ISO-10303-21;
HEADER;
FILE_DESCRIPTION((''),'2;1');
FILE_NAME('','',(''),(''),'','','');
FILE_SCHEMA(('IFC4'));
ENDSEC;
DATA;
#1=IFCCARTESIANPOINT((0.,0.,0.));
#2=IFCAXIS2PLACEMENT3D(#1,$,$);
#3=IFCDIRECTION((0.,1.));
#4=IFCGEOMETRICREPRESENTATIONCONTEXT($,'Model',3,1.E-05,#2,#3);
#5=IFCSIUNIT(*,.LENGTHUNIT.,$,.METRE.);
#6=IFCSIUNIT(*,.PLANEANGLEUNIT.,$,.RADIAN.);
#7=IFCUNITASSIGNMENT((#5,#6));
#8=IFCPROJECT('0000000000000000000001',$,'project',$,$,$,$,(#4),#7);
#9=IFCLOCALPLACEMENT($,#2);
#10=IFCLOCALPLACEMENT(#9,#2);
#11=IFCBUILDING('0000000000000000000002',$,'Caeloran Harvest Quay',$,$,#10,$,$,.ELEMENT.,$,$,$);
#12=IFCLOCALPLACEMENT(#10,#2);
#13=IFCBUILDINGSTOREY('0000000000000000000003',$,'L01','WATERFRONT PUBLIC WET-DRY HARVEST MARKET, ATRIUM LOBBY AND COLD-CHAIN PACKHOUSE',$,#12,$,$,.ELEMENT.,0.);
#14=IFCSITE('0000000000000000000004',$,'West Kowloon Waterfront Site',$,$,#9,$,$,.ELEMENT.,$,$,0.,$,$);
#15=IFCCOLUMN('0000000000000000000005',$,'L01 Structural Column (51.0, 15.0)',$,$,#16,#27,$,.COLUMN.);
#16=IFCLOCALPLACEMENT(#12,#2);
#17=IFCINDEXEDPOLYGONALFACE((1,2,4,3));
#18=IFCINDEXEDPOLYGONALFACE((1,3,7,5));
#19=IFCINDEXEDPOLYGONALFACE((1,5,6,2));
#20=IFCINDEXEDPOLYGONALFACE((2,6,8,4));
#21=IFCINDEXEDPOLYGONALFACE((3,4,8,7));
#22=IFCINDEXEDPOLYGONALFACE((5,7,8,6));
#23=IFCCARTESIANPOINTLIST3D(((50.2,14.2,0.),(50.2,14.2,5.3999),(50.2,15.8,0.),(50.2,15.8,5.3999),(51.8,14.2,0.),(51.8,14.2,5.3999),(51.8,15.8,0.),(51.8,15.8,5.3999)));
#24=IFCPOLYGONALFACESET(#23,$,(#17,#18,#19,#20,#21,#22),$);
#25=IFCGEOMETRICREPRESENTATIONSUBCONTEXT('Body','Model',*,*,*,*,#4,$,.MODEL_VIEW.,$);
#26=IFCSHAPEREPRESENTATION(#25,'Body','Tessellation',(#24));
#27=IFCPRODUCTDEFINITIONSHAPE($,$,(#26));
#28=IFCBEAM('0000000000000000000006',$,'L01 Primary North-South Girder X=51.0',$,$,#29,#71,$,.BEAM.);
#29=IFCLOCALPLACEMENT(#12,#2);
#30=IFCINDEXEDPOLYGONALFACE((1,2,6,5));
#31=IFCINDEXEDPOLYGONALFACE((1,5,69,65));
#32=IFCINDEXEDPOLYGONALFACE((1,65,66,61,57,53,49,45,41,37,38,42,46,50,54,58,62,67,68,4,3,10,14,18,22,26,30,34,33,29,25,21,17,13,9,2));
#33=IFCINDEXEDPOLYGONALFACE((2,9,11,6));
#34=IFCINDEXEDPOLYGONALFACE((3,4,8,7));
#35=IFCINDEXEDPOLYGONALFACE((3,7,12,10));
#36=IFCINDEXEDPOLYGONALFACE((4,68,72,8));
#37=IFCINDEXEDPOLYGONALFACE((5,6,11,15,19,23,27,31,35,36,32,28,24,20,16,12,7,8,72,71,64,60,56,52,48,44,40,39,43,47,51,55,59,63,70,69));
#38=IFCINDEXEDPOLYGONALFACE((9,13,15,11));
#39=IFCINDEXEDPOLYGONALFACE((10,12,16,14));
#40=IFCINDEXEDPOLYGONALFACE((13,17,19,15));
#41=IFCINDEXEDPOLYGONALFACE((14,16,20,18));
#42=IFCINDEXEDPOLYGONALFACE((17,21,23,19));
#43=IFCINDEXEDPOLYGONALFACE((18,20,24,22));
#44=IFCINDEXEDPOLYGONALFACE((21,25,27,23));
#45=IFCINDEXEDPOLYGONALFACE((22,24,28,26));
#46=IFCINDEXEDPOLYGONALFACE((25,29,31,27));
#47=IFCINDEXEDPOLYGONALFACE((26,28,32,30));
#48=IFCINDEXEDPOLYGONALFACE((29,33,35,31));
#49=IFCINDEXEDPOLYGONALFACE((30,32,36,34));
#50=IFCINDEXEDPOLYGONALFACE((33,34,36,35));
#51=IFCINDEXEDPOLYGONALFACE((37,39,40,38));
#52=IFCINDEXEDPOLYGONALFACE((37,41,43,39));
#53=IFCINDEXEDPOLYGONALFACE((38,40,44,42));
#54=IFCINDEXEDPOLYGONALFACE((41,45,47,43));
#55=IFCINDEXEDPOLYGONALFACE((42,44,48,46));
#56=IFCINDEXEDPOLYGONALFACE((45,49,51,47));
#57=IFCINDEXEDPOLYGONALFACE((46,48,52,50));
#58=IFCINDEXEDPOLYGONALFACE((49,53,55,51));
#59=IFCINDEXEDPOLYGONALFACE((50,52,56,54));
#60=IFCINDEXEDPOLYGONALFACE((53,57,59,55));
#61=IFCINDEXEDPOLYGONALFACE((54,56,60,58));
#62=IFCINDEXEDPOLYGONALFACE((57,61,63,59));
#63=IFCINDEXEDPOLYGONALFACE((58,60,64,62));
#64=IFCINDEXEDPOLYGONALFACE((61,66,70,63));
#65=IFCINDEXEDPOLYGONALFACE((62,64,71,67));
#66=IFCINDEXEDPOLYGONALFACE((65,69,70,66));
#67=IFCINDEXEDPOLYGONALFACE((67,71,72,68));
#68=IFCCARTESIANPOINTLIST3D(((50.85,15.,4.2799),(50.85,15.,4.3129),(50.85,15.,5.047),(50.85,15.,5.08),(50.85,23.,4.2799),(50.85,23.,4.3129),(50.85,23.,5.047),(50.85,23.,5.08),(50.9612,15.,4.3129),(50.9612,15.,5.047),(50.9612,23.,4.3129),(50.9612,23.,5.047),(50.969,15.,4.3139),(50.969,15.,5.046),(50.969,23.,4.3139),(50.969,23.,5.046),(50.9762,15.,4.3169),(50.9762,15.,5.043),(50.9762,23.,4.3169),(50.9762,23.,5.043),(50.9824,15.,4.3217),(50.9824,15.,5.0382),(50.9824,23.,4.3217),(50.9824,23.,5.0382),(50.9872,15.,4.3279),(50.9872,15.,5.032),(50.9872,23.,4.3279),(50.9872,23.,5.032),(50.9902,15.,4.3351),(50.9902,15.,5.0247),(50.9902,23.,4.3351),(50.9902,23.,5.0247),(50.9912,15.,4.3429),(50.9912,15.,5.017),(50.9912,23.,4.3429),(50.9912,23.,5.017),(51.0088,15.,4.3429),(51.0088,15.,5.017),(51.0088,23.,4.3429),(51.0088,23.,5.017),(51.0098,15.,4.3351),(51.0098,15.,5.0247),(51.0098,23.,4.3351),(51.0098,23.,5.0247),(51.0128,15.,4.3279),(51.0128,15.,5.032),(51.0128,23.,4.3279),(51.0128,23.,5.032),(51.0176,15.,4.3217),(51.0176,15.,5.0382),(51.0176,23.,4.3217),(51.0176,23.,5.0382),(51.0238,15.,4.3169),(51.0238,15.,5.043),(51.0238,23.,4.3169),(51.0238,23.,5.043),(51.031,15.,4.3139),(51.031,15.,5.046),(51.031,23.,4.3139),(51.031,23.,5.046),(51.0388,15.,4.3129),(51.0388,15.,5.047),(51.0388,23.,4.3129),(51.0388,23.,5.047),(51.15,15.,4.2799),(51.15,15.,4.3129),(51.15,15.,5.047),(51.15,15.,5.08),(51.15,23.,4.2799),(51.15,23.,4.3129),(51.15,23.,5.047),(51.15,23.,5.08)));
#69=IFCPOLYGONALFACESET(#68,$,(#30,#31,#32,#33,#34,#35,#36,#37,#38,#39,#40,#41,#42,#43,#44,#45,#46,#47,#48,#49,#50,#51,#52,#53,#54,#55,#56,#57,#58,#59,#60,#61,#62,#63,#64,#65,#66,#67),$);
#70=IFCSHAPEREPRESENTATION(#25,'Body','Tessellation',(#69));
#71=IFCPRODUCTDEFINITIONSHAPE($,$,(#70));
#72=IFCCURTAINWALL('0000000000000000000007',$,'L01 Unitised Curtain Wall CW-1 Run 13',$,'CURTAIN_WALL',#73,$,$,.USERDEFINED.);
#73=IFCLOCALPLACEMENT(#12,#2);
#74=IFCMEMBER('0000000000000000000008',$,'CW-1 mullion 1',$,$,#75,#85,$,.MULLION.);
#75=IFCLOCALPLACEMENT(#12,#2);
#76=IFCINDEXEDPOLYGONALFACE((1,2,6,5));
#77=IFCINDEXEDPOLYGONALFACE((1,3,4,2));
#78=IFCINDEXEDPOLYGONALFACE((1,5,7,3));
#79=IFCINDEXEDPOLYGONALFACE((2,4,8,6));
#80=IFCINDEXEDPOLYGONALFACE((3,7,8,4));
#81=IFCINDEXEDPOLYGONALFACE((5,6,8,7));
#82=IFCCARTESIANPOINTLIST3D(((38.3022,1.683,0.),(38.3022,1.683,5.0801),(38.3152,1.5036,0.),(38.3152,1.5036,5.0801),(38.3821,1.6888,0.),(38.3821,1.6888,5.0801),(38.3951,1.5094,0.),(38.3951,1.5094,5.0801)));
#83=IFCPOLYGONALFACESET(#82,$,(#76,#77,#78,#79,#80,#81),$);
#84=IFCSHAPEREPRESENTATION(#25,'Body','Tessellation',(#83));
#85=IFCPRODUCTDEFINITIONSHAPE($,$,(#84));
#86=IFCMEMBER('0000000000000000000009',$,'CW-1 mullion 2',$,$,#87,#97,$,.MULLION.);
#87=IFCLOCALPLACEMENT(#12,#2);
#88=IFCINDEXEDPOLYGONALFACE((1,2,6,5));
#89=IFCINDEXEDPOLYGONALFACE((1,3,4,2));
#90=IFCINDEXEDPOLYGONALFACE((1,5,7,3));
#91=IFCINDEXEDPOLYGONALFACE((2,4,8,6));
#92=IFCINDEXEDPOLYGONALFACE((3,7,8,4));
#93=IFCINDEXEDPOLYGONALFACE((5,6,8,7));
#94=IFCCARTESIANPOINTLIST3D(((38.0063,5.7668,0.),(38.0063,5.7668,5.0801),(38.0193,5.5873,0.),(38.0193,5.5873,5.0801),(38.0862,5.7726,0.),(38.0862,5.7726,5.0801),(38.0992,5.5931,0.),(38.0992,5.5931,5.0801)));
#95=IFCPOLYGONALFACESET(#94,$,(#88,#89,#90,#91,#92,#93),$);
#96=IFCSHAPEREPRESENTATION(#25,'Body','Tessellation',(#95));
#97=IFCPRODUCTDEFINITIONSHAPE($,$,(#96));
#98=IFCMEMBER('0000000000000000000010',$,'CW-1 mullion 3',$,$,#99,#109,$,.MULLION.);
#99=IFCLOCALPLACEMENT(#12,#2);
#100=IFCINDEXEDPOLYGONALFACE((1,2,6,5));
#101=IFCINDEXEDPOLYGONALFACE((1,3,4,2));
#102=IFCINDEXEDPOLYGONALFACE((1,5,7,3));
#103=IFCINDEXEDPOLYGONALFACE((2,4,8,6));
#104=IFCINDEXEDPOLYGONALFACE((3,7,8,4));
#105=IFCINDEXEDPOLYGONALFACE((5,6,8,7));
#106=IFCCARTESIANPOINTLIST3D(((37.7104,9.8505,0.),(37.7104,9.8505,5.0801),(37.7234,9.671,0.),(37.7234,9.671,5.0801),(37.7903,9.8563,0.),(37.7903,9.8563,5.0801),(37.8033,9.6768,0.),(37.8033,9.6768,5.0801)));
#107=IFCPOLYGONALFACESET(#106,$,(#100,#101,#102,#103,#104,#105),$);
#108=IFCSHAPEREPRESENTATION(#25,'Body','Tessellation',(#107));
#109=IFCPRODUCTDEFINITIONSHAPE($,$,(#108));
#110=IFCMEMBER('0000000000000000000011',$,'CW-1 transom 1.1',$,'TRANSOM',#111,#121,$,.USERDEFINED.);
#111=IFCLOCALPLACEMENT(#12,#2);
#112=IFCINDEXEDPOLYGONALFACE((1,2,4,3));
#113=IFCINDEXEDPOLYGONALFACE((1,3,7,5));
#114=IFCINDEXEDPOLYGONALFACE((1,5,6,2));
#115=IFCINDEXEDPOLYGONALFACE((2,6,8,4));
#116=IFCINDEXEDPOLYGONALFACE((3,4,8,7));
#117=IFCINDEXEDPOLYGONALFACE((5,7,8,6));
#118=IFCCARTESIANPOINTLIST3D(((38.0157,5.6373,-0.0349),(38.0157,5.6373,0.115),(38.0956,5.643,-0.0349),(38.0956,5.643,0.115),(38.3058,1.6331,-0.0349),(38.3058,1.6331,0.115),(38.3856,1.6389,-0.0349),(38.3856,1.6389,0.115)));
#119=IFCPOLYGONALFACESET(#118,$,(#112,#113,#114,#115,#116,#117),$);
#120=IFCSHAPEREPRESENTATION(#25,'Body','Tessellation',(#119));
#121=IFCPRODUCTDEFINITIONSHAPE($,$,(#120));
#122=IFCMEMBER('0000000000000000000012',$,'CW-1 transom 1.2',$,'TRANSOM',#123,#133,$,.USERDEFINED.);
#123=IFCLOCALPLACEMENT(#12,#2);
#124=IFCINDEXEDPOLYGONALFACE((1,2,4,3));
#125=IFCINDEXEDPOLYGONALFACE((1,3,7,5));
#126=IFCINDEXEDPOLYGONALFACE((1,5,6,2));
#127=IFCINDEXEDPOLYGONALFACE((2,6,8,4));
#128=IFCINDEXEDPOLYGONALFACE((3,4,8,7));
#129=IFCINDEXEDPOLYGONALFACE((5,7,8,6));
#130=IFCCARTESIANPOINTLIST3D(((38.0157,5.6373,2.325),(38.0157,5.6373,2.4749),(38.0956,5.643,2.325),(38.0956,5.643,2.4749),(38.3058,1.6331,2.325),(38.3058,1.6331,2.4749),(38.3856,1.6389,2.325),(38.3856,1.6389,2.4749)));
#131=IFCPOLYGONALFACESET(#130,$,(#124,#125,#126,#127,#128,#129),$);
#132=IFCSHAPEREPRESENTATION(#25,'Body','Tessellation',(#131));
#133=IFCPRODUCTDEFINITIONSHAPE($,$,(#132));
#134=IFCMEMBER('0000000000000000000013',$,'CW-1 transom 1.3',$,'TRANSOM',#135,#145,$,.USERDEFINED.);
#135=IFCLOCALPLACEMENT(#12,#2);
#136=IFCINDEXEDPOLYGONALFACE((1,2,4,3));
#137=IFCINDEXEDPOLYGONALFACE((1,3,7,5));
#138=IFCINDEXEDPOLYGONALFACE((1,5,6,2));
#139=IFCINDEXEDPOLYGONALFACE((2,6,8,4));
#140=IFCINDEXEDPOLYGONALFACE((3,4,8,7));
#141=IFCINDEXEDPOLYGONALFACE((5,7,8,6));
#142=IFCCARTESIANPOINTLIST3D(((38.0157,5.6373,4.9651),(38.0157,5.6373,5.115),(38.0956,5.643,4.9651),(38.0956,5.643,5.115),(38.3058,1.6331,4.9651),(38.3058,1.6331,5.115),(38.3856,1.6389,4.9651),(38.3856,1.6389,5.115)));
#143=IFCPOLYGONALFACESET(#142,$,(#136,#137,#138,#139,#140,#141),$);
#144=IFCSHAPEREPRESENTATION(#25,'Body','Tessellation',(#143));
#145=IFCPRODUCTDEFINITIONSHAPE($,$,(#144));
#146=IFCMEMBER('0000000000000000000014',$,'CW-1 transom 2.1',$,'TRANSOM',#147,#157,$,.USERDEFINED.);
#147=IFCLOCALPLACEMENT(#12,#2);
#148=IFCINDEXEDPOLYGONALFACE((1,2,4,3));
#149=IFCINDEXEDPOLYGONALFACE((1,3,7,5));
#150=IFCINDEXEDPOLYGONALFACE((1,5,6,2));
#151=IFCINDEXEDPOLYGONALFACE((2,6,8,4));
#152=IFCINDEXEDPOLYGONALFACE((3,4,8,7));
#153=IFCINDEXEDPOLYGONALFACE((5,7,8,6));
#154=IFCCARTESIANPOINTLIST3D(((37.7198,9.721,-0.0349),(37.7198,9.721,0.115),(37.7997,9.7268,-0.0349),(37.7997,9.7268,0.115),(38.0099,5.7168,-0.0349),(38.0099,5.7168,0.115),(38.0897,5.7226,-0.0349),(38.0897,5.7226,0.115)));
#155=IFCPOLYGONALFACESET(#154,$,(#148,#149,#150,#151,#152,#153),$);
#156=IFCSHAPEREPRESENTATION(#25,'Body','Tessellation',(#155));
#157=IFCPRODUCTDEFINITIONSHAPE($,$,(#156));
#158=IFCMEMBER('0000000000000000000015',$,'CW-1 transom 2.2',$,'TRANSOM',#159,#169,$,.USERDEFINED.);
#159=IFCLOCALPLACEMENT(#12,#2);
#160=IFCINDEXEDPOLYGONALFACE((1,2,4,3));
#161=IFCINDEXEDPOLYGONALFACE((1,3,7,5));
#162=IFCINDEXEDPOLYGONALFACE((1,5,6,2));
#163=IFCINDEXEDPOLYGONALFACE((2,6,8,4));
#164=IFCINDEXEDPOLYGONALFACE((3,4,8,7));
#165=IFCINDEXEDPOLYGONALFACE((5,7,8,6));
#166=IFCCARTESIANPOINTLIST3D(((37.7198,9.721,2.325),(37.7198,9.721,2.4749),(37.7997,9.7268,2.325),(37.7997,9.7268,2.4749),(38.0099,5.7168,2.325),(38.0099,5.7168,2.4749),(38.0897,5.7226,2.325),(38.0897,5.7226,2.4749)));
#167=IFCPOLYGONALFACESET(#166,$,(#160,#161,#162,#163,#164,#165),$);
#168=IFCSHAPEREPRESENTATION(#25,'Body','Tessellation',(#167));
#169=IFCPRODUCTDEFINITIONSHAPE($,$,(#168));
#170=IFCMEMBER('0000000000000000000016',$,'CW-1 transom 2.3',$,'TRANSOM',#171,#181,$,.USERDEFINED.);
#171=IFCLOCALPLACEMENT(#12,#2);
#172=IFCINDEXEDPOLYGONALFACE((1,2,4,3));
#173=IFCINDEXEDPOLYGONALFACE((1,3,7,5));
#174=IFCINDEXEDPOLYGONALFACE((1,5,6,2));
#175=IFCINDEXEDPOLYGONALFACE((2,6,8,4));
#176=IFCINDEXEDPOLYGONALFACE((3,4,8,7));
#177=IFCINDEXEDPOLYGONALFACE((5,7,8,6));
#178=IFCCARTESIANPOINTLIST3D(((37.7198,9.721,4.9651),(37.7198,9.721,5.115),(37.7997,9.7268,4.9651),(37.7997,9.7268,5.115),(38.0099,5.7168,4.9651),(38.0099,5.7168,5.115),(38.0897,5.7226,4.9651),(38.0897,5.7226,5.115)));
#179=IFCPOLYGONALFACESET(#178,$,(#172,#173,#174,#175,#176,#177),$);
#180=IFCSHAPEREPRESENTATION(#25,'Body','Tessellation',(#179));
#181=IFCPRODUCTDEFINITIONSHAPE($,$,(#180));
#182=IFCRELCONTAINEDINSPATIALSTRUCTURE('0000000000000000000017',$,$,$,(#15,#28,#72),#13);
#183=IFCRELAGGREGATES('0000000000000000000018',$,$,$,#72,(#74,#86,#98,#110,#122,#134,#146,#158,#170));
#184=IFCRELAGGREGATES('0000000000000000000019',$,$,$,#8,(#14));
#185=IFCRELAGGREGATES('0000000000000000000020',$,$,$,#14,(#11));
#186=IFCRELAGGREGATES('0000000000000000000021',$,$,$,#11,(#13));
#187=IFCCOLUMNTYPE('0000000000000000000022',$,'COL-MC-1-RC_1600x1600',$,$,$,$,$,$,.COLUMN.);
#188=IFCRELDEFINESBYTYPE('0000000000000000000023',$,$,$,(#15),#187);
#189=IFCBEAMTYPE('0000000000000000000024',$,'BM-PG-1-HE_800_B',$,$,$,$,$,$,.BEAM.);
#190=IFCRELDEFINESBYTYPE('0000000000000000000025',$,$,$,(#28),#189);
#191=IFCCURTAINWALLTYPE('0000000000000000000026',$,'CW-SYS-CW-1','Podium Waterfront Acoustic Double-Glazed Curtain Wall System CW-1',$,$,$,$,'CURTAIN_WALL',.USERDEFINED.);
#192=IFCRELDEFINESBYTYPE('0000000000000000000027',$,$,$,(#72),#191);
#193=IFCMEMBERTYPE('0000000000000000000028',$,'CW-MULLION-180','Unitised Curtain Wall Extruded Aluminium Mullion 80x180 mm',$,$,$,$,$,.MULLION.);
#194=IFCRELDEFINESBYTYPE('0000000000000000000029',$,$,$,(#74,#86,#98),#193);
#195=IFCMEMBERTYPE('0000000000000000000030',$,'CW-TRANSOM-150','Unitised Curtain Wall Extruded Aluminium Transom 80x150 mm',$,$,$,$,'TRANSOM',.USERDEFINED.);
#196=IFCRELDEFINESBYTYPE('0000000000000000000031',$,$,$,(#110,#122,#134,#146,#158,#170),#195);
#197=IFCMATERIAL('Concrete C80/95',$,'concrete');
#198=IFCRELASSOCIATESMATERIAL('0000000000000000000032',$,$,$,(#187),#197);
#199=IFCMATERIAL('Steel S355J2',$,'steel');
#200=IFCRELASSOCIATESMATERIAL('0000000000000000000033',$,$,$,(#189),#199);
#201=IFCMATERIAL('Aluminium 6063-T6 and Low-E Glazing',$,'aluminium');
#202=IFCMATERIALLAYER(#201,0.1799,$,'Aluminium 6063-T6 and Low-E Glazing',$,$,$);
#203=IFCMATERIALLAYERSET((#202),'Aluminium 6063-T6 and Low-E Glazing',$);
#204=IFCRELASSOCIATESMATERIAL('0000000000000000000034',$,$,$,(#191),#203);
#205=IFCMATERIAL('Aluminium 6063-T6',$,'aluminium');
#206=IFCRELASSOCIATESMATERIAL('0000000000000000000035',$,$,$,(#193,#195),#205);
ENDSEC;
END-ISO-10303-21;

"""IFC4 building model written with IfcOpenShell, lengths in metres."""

from ifc_helpers import new_model, si_unit, direction, frame, origin, origin_2d, place, context, subcontext, project, spatial, rectangle, i_section, extrude, material, layer, layer_set, material_profile, profile_set, type_object, element, aggregate, save


model = new_model("IFC4")

# Units and contexts
model_context = context("Model", 3, precision=1e-05, world=origin(), true_north=direction((0.0, 1.0)))
body_context = subcontext(model_context, "Body", "Model", "MODEL_VIEW")
ifc_project = project(units=[si_unit("LENGTHUNIT", "METRE"), si_unit("PLANEANGLEUNIT", "RADIAN")], contexts=[model_context])

# Site, building, storey
site_placement = place(None, origin())
site = spatial("IfcSite", under=ifc_project, at=site_placement, Name="West Kowloon Waterfront Site", CompositionType="ELEMENT", RefElevation=0.0)
building_placement = place(site_placement, origin())
building = spatial("IfcBuilding", under=site, at=building_placement, Name="Caeloran Harvest Quay", CompositionType="ELEMENT")
storey_placement = place(building_placement, origin())
storey = spatial("IfcBuildingStorey", under=building, at=storey_placement, Name="L01", Description="WATERFRONT PUBLIC WET-DRY HARVEST MARKET, ATRIUM LOBBY AND COLD-CHAIN PACKHOUSE", CompositionType="ELEMENT", Elevation=0.0)

# Column
ifc_material_1 = material(Name="Concrete C80/95", Category="concrete")
ifc_material_profile_1 = material_profile(ifc_material_1, rectangle(XDim=1.6001, YDim=1.6001, at=origin_2d()), Name="RC 1600x1600")
ifc_profile_set_1 = profile_set([ifc_material_profile_1], Name="Concrete C80/95")
column_type = type_object("IfcColumnType", Name="COL-MC-1-RC_1600x1600", PredefinedType="COLUMN", material=ifc_profile_set_1)
column_placement = place(storey_placement, frame((51.0, 15.0, 0.0), z_axis=(0.0, 0.0, 1.0), x_axis=(1.0, 0.0, 0.0)))
element("IfcColumn", 1, at=column_placement, inside=storey, type_object=column_type, Name="L01 Structural Column (51.0, 15.0)", PredefinedType="COLUMN", context=body_context, shape_type="SweptSolid", body=[
    extrude(rectangle(XDim=1.6001, YDim=1.6001, at=origin_2d()), origin(), (0.0, 0.0, 1.0), 5.3999),
])

# Beam
ifc_material_2 = material(Name="Steel S355J2", Category="steel")
ifc_material_profile_2 = material_profile(ifc_material_2, i_section(OverallWidth=0.3, OverallDepth=0.8, WebThickness=0.0176, FlangeThickness=0.033, FilletRadius=0.03, at=origin_2d()), Name="HE 800 B")
ifc_profile_set_2 = profile_set([ifc_material_profile_2], Name="Steel S355J2")
beam_type = type_object("IfcBeamType", Name="BM-PG-1-HE_800_B", PredefinedType="BEAM", material=ifc_profile_set_2)
beam_placement = place(storey_placement, frame((51.0, 15.0, 4.6799), z_axis=(0.0, 1.0, 0.0), x_axis=(-1.0, 0.0, 0.0)))
element("IfcBeam", 2, at=beam_placement, inside=storey, type_object=beam_type, Name="L01 Primary North-South Girder X=51.0", PredefinedType="BEAM", context=body_context, shape_type="SweptSolid", body=[
    extrude(i_section(OverallWidth=0.3, OverallDepth=0.8, WebThickness=0.0176, FlangeThickness=0.033, FilletRadius=0.03, at=origin_2d()), origin(), (0.0, 0.0, 1.0), 8.0),
])

# Curtain wall, members
ifc_material_3 = material(Name="Aluminium 6063-T6 and Low-E Glazing", Category="aluminium")
ifc_layer_1 = layer(ifc_material_3, 0.1799, Name="Aluminium 6063-T6 and Low-E Glazing")
ifc_layer_set_1 = layer_set([ifc_layer_1], Name="Aluminium 6063-T6 and Low-E Glazing")
curtain_wall_type = type_object("IfcCurtainWallType", Name="CW-SYS-CW-1", Description="Podium Waterfront Acoustic Double-Glazed Curtain Wall System CW-1", ElementType="CURTAIN_WALL", PredefinedType="USERDEFINED", material=ifc_layer_set_1)
curtain_wall_placement = place(storey_placement, origin())
curtain_wall = element("IfcCurtainWall", 3, at=curtain_wall_placement, inside=storey, type_object=curtain_wall_type, Name="L01 Unitised Curtain Wall CW-1 Run 13", ObjectType="CURTAIN_WALL", PredefinedType="USERDEFINED")
ifc_material_4 = material(Name="Aluminium 6063-T6", Category="aluminium")
ifc_material_profile_3 = material_profile(ifc_material_4, rectangle(XDim=0.0801, YDim=0.1799, at=origin_2d()), Name="CW-MULLION-180")
ifc_profile_set_3 = profile_set([ifc_material_profile_3], Name="Aluminium 6063-T6")
member_type_1 = type_object("IfcMemberType", Name="CW-MULLION-180", Description="Unitised Curtain Wall Extruded Aluminium Mullion 80x180 mm", PredefinedType="MULLION", material=ifc_profile_set_3)
member_1_placement = place(storey_placement, frame((38.3486, 1.5962, 0.0), z_axis=(0.0, 0.0, 1.0), x_axis=(-0.997385, -0.072271, 0.0)))
member_1 = element("IfcMember", 4, at=member_1_placement, type_object=member_type_1, Name="CW-1 mullion 1", PredefinedType="MULLION", context=body_context, shape_type="SweptSolid", body=[
    extrude(rectangle(XDim=0.0801, YDim=0.1799, at=origin_2d()), origin(), (0.0, 0.0, 1.0), 5.0801),
])
member_2_placement = place(storey_placement, frame((38.0527, 5.6799, 0.0), z_axis=(0.0, 0.0, 1.0), x_axis=(-0.997385, -0.072271, 0.0)))
member_2 = element("IfcMember", 5, at=member_2_placement, type_object=member_type_1, Name="CW-1 mullion 2", PredefinedType="MULLION", context=body_context, shape_type="SweptSolid", body=[
    extrude(rectangle(XDim=0.0801, YDim=0.1799, at=origin_2d()), origin(), (0.0, 0.0, 1.0), 5.0801),
])
member_3_placement = place(storey_placement, frame((37.7568, 9.7637, 0.0), z_axis=(0.0, 0.0, 1.0), x_axis=(-0.997385, -0.072271, 0.0)))
member_3 = element("IfcMember", 6, at=member_3_placement, type_object=member_type_1, Name="CW-1 mullion 3", PredefinedType="MULLION", context=body_context, shape_type="SweptSolid", body=[
    extrude(rectangle(XDim=0.0801, YDim=0.1799, at=origin_2d()), origin(), (0.0, 0.0, 1.0), 5.0801),
])
ifc_material_profile_4 = material_profile(ifc_material_4, rectangle(XDim=0.0801, YDim=0.1499, at=origin_2d()), Name="CW-TRANSOM-150")
ifc_profile_set_4 = profile_set([ifc_material_profile_4], Name="Aluminium 6063-T6")
member_type_2 = type_object("IfcMemberType", Name="CW-TRANSOM-150", Description="Unitised Curtain Wall Extruded Aluminium Transom 80x150 mm", ElementType="TRANSOM", PredefinedType="USERDEFINED", material=ifc_profile_set_4)
member_4_placement = place(storey_placement, frame((38.3457, 1.636, 0.04), z_axis=(-0.072245, 0.997387, 0.0), x_axis=(-0.997387, -0.072245, 0.0)))
member_4 = element("IfcMember", 7, at=member_4_placement, type_object=member_type_2, Name="CW-1 transom 1.1", ObjectType="TRANSOM", PredefinedType="USERDEFINED", context=body_context, shape_type="SweptSolid", body=[
    extrude(rectangle(XDim=0.0801, YDim=0.1499, at=origin_2d()), origin(), (0.0, 0.0, 1.0), 4.0146),
])
member_5_placement = place(storey_placement, frame((38.3457, 1.636, 2.3999), z_axis=(-0.072245, 0.997387, 0.0), x_axis=(-0.997387, -0.072245, 0.0)))
member_5 = element("IfcMember", 8, at=member_5_placement, type_object=member_type_2, Name="CW-1 transom 1.2", ObjectType="TRANSOM", PredefinedType="USERDEFINED", context=body_context, shape_type="SweptSolid", body=[
    extrude(rectangle(XDim=0.0801, YDim=0.1499, at=origin_2d()), origin(), (0.0, 0.0, 1.0), 4.0146),
])
member_6_placement = place(storey_placement, frame((38.3457, 1.636, 5.04), z_axis=(-0.072245, 0.997387, 0.0), x_axis=(-0.997387, -0.072245, 0.0)))
member_6 = element("IfcMember", 9, at=member_6_placement, type_object=member_type_2, Name="CW-1 transom 1.3", ObjectType="TRANSOM", PredefinedType="USERDEFINED", context=body_context, shape_type="SweptSolid", body=[
    extrude(rectangle(XDim=0.0801, YDim=0.1499, at=origin_2d()), origin(), (0.0, 0.0, 1.0), 4.0146),
])
member_7_placement = place(storey_placement, frame((38.0498, 5.7197, 0.04), z_axis=(-0.072245, 0.997387, 0.0), x_axis=(-0.997387, -0.072245, 0.0)))
member_7 = element("IfcMember", 10, at=member_7_placement, type_object=member_type_2, Name="CW-1 transom 2.1", ObjectType="TRANSOM", PredefinedType="USERDEFINED", context=body_context, shape_type="SweptSolid", body=[
    extrude(rectangle(XDim=0.0801, YDim=0.1499, at=origin_2d()), origin(), (0.0, 0.0, 1.0), 4.0146),
])
member_8_placement = place(storey_placement, frame((38.0498, 5.7197, 2.3999), z_axis=(-0.072245, 0.997387, 0.0), x_axis=(-0.997387, -0.072245, 0.0)))
member_8 = element("IfcMember", 11, at=member_8_placement, type_object=member_type_2, Name="CW-1 transom 2.2", ObjectType="TRANSOM", PredefinedType="USERDEFINED", context=body_context, shape_type="SweptSolid", body=[
    extrude(rectangle(XDim=0.0801, YDim=0.1499, at=origin_2d()), origin(), (0.0, 0.0, 1.0), 4.0146),
])
member_9_placement = place(storey_placement, frame((38.0498, 5.7197, 5.04), z_axis=(-0.072245, 0.997387, 0.0), x_axis=(-0.997387, -0.072245, 0.0)))
member_9 = element("IfcMember", 12, at=member_9_placement, type_object=member_type_2, Name="CW-1 transom 2.3", ObjectType="TRANSOM", PredefinedType="USERDEFINED", context=body_context, shape_type="SweptSolid", body=[
    extrude(rectangle(XDim=0.0801, YDim=0.1499, at=origin_2d()), origin(), (0.0, 0.0, 1.0), 4.0146),
])
aggregate(curtain_wall, [member_1, member_2, member_3, member_4, member_5, member_6, member_7, member_8, member_9])

save(model, "model.ifc")
